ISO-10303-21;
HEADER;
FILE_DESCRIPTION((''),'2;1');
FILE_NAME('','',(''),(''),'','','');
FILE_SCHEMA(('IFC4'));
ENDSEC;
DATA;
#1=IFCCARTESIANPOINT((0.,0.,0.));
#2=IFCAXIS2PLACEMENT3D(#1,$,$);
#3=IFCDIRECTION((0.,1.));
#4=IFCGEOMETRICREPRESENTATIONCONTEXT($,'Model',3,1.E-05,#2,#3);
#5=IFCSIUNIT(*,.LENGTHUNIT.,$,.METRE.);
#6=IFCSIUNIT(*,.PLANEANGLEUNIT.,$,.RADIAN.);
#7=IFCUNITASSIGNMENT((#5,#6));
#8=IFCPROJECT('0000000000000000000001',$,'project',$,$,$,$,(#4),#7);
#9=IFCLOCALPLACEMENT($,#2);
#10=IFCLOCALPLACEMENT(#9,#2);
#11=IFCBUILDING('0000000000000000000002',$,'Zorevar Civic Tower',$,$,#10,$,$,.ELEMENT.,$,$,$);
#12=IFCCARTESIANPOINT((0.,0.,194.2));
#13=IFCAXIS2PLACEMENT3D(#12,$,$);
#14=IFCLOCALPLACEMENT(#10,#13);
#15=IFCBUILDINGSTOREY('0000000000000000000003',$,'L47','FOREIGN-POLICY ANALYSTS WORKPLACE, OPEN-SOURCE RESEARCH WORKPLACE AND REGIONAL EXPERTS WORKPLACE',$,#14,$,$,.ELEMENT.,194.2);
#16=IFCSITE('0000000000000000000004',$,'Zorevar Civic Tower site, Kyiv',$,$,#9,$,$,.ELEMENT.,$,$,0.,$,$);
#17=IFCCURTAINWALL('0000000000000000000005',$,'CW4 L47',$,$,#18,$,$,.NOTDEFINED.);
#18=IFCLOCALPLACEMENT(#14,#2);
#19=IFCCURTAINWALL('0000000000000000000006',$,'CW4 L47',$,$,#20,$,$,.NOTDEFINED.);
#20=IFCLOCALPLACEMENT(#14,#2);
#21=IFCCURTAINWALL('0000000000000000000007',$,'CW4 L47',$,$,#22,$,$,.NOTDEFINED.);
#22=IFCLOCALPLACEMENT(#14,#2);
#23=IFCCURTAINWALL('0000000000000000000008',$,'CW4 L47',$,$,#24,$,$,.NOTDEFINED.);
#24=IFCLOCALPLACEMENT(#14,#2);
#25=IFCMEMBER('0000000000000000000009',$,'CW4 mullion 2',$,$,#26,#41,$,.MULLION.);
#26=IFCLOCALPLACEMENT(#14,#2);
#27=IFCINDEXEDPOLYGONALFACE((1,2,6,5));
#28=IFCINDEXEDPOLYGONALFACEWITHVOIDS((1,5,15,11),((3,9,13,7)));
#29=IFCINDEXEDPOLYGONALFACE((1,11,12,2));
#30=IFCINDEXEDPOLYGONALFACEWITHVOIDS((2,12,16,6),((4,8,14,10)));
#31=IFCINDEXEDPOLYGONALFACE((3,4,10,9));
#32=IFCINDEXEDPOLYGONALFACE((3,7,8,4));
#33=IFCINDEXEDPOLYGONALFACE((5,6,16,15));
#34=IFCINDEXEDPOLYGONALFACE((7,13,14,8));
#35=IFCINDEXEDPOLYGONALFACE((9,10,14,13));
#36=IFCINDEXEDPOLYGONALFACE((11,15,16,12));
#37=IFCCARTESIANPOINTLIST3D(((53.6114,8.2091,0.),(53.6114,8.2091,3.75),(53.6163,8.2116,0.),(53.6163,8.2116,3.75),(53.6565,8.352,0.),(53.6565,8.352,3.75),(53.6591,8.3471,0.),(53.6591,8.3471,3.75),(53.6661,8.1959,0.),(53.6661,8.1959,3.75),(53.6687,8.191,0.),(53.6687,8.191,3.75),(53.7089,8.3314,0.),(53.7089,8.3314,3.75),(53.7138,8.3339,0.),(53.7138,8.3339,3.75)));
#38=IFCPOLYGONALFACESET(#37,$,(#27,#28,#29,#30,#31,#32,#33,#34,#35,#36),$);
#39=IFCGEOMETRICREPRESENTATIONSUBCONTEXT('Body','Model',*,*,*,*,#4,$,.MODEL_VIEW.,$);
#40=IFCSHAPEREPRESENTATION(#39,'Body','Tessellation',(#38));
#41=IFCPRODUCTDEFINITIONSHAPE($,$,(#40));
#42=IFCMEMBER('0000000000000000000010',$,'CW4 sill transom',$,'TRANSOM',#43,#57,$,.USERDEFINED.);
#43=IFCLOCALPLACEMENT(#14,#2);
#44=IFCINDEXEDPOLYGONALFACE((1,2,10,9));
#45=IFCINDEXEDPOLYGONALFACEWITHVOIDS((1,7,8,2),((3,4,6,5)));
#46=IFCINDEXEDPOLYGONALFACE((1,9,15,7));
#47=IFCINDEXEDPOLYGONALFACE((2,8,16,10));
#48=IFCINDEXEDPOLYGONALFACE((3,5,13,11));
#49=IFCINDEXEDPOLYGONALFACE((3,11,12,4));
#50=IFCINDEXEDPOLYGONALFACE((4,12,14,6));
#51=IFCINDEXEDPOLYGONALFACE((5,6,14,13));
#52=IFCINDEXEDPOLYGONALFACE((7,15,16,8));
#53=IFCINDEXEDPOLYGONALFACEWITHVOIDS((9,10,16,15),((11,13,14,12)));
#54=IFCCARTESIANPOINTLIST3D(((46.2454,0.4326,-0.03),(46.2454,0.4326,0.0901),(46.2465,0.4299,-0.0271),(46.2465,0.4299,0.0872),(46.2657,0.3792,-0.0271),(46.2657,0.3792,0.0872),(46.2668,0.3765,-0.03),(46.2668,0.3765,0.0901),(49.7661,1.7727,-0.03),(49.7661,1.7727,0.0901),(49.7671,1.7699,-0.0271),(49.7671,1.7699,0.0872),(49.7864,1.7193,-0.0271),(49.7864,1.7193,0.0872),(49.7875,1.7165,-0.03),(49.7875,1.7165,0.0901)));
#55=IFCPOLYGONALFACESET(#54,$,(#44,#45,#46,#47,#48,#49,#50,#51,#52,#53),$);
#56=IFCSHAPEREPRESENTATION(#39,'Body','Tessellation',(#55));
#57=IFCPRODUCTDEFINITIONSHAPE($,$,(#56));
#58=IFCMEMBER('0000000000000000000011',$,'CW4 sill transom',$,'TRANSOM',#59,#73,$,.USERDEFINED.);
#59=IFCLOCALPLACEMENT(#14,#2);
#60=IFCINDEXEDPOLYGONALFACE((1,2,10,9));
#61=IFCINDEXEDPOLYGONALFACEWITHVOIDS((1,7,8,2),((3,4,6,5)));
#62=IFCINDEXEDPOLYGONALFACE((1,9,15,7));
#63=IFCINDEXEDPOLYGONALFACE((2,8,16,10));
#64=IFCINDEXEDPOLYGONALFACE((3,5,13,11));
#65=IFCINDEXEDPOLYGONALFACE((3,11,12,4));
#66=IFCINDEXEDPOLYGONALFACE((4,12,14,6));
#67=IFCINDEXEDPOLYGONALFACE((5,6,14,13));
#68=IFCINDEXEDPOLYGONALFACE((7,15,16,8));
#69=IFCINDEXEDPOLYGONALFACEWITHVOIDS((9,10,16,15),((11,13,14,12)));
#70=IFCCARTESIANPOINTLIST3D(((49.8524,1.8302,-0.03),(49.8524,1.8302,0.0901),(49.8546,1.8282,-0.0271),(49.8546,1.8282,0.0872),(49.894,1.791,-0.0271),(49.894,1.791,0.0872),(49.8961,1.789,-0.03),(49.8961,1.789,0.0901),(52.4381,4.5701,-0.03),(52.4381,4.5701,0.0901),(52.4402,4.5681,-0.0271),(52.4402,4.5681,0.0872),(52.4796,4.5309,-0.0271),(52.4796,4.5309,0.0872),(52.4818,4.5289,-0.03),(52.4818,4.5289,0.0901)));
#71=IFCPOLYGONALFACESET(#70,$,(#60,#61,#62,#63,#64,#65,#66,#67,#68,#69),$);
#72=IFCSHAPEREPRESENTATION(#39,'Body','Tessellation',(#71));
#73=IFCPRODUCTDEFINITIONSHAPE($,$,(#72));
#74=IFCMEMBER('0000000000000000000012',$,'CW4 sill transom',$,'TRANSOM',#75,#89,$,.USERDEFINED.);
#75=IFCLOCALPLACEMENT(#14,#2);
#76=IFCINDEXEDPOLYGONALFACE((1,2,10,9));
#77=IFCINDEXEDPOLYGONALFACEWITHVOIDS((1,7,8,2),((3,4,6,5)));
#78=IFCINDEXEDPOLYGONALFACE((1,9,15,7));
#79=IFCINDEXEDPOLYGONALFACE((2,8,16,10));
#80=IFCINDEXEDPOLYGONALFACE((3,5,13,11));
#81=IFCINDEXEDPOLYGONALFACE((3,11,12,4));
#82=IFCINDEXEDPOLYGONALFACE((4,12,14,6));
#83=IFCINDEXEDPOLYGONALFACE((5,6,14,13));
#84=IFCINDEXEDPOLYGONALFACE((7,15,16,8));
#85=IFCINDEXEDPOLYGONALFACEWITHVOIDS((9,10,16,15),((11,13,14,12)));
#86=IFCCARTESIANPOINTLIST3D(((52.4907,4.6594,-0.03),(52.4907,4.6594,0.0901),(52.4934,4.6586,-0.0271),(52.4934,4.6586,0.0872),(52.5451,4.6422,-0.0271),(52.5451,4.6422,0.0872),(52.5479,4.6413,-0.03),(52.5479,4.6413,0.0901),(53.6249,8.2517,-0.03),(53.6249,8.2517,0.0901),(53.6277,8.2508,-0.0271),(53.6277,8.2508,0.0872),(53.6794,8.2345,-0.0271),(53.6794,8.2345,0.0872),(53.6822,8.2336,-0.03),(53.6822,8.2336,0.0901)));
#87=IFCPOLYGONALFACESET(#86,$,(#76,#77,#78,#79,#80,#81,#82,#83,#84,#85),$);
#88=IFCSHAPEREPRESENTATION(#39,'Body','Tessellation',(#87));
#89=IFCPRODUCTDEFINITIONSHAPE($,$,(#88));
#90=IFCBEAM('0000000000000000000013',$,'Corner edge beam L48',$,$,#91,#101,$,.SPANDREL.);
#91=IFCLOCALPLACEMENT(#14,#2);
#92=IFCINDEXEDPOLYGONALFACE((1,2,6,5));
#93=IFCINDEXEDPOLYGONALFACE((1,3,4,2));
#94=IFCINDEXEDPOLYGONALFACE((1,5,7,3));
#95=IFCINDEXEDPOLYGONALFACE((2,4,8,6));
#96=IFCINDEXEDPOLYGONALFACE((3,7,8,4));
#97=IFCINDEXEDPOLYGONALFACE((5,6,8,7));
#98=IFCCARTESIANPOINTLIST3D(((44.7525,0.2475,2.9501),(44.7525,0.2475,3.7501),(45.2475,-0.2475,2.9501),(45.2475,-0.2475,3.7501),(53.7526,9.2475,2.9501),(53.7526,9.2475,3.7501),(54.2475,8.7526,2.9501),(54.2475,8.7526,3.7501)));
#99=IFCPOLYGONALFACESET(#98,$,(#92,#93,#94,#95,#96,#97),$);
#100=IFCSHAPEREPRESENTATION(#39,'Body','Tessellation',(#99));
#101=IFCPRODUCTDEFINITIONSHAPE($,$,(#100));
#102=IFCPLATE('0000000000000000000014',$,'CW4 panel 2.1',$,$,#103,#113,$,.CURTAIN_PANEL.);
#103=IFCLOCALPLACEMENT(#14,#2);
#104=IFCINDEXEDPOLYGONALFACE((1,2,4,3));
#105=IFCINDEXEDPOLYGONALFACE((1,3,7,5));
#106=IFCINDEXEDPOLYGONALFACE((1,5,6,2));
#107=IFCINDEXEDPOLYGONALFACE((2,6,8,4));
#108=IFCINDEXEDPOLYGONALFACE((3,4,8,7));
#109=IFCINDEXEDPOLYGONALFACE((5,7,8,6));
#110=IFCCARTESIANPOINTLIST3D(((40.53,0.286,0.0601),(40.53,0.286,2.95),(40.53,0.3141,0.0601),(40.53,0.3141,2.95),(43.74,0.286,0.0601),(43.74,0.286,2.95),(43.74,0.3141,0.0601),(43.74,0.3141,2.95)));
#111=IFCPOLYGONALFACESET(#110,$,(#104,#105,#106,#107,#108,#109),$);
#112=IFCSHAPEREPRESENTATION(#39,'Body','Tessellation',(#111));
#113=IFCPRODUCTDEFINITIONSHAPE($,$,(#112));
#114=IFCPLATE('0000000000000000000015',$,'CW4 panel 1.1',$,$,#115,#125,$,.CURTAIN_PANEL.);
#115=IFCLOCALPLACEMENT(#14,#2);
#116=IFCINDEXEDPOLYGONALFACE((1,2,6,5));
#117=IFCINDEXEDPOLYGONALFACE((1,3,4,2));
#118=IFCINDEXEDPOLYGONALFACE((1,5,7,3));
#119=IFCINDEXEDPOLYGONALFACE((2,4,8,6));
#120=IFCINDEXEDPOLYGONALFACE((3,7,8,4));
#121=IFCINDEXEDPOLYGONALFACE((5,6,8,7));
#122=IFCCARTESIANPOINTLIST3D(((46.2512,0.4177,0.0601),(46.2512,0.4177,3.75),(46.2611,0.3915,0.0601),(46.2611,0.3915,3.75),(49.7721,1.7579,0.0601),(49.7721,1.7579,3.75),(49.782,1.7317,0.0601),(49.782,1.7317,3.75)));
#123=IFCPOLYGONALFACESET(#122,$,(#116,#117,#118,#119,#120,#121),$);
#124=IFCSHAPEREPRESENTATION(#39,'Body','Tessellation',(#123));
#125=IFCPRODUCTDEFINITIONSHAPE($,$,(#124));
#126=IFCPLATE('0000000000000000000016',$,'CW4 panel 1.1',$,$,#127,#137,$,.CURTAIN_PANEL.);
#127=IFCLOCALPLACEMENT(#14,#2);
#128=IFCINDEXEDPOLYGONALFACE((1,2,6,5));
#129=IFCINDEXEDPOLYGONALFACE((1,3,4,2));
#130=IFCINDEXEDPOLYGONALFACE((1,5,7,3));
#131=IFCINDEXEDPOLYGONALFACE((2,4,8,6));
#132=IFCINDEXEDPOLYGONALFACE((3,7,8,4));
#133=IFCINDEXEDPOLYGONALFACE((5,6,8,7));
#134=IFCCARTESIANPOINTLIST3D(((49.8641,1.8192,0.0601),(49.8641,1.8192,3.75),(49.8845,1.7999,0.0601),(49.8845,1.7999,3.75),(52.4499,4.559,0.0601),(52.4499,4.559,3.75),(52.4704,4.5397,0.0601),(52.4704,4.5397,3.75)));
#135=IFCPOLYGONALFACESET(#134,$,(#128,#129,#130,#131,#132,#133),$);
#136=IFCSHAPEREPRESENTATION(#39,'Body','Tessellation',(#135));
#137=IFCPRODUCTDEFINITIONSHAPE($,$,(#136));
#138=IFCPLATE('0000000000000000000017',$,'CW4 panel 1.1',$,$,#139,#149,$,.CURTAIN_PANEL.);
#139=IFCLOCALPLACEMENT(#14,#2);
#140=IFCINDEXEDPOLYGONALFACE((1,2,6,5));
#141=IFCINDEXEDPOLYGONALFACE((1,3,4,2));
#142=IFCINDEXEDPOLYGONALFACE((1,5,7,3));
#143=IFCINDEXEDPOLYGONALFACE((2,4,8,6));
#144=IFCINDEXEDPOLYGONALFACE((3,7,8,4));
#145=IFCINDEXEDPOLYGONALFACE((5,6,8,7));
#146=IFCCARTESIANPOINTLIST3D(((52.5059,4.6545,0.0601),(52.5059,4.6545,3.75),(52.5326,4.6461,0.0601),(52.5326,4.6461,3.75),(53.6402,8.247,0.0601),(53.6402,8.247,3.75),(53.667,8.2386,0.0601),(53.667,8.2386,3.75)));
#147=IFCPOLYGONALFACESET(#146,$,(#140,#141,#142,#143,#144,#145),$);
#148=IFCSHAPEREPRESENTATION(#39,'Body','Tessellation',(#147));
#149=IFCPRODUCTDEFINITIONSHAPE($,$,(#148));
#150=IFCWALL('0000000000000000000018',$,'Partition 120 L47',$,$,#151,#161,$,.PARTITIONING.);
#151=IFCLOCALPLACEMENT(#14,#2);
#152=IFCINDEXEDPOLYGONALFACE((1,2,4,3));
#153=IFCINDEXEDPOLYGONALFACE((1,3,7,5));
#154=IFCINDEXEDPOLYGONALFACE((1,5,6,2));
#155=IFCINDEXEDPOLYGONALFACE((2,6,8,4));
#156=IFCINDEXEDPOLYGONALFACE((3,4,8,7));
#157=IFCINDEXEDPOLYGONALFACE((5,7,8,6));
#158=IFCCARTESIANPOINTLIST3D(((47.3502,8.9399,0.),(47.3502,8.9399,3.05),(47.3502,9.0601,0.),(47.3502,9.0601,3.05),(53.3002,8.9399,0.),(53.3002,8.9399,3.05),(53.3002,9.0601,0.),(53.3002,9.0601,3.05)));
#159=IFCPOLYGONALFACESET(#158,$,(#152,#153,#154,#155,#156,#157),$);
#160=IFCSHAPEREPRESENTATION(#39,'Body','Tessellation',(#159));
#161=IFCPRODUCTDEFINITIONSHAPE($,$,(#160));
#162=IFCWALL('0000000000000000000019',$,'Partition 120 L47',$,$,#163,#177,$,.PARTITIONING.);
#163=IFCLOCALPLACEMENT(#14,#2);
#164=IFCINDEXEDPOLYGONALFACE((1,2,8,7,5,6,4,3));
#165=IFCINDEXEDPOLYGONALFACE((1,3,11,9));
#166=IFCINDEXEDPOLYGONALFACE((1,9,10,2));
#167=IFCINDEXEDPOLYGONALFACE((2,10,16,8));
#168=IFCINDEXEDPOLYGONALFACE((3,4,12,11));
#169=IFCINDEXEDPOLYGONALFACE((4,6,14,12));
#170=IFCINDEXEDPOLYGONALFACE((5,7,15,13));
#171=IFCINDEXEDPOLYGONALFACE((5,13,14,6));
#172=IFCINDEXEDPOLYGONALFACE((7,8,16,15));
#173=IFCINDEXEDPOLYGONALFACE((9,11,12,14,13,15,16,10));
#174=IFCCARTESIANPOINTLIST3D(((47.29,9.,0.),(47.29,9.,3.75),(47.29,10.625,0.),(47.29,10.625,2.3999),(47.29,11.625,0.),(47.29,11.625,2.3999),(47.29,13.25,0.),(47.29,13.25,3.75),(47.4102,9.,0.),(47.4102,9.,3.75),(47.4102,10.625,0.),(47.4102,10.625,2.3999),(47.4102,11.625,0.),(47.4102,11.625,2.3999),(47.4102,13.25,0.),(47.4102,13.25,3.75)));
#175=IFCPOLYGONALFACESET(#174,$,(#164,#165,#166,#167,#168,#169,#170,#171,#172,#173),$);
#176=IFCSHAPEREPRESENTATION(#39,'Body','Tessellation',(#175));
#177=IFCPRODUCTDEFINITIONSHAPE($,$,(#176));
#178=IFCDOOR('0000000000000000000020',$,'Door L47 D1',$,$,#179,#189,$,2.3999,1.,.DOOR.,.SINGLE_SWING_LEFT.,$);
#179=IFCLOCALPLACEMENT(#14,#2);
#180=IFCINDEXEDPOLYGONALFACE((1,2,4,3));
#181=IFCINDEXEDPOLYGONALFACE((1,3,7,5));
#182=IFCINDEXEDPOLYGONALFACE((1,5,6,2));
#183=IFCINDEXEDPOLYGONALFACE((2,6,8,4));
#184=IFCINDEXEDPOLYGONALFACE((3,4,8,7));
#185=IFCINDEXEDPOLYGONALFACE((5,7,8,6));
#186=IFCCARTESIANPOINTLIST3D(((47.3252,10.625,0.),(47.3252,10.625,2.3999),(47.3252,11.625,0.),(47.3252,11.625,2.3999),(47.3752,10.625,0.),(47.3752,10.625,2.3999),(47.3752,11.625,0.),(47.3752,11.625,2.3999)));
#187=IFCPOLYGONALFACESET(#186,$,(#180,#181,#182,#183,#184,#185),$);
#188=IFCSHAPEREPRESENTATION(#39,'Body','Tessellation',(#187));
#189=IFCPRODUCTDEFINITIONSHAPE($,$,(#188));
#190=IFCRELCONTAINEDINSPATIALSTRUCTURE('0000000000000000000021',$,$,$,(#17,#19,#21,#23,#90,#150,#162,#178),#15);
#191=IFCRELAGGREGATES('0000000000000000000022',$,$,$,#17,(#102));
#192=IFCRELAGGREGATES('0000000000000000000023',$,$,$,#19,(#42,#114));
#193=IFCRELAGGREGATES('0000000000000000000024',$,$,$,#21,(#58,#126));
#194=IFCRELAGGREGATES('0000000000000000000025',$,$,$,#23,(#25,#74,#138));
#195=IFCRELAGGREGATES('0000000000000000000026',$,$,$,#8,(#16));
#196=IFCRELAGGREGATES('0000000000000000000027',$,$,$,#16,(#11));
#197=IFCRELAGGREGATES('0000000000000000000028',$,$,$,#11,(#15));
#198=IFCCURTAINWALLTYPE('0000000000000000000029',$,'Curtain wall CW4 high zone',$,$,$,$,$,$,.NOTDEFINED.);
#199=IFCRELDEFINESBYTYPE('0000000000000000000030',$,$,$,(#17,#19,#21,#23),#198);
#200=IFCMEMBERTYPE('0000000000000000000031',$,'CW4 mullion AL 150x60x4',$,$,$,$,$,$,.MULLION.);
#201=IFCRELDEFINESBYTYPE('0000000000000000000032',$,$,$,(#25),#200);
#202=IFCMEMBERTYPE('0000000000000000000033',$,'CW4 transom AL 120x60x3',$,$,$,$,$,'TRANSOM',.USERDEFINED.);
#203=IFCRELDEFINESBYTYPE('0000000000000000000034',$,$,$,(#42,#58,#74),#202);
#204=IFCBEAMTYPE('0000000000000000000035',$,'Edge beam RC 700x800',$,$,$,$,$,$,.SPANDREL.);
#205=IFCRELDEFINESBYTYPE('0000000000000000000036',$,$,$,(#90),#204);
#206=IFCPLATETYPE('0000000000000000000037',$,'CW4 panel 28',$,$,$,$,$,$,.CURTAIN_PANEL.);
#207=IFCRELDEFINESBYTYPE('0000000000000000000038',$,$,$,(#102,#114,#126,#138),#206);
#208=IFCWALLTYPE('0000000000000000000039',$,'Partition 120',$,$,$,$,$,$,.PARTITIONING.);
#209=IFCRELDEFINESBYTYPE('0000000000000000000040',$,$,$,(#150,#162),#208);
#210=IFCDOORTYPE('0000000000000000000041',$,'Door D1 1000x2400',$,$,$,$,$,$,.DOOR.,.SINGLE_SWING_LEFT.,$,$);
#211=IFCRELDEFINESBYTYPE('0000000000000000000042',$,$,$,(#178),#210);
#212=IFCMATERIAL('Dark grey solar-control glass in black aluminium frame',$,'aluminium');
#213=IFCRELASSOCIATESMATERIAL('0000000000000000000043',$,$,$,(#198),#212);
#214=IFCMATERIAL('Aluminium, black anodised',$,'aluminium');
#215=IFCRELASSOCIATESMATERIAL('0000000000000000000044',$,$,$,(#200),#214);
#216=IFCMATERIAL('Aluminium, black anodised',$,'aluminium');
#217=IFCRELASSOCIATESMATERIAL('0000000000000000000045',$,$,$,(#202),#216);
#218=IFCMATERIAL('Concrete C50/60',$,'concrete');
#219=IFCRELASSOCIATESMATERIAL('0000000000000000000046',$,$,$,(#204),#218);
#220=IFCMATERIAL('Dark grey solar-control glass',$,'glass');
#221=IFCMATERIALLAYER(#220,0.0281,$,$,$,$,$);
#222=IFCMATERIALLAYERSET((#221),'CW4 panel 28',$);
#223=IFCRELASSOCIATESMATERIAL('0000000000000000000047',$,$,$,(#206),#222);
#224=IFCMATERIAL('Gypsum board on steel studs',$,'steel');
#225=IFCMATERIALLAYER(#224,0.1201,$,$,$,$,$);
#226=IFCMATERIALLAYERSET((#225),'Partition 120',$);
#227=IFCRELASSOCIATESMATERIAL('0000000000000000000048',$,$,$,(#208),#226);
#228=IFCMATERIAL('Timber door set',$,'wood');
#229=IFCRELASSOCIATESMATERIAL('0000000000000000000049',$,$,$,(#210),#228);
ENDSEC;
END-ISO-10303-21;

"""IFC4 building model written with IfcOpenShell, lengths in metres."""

from ifc_helpers import new_model, si_unit, direction, frame, frame_2d, origin, origin_2d, place, context, subcontext, project, spatial, rectangle, hollow_rectangle, extrude, material, layer, layer_set, material_profile, profile_set, type_object, element, fill, aggregate, save


model = new_model("IFC4")

# Units and contexts
model_context = context("Model", 3, precision=1e-05, world=origin(), true_north=direction((0.0, 1.0)))
body_context = subcontext(model_context, "Body", "Model", "MODEL_VIEW")
ifc_project = project(units=[si_unit("LENGTHUNIT", "METRE"), si_unit("PLANEANGLEUNIT", "RADIAN")], contexts=[model_context])

# Site, building, storey
site_placement = place(None, origin())
site = spatial("IfcSite", under=ifc_project, at=site_placement, Name="Zorevar Civic Tower site, Kyiv", CompositionType="ELEMENT", RefElevation=0.0)
building_placement = place(site_placement, origin())
building = spatial("IfcBuilding", under=site, at=building_placement, Name="Zorevar Civic Tower", CompositionType="ELEMENT")
storey_placement = place(building_placement, frame((0.0, 0.0, 194.2)))
storey = spatial("IfcBuildingStorey", under=building, at=storey_placement, Name="L47", Description="FOREIGN-POLICY ANALYSTS WORKPLACE, OPEN-SOURCE RESEARCH WORKPLACE AND REGIONAL EXPERTS WORKPLACE", CompositionType="ELEMENT", Elevation=194.2)

# Curtain wall
ifc_material_1 = material(Name="Dark grey solar-control glass in black aluminium frame", Category="aluminium")
curtain_wall_type = type_object("IfcCurtainWallType", Name="Curtain wall CW4 high zone", PredefinedType="NOTDEFINED", material=ifc_material_1)
curtain_wall_1_placement = place(storey_placement, origin())
curtain_wall_1 = element("IfcCurtainWall", 1, at=curtain_wall_1_placement, inside=storey, type_object=curtain_wall_type, Name="CW4 L47", PredefinedType="NOTDEFINED")
ifc_material_2 = material(Name="Aluminium, black anodised", Category="aluminium")
ifc_material_profile_1 = material_profile(ifc_material_2, hollow_rectangle(XDim=0.0601, YDim=0.1499, WallThickness=0.0039, at=origin_2d()), Name="AL 150x60x4")
ifc_profile_set_1 = profile_set([ifc_material_profile_1], Name="Aluminium, black anodised")
member_type_1 = type_object("IfcMemberType", Name="CW4 mullion AL 150x60x4", PredefinedType="MULLION", material=ifc_profile_set_1)

# Curtain walls, member
curtain_wall_2_placement = place(storey_placement, origin())
curtain_wall_2 = element("IfcCurtainWall", 2, at=curtain_wall_2_placement, inside=storey, type_object=curtain_wall_type, Name="CW4 L47", PredefinedType="NOTDEFINED")
curtain_wall_3_placement = place(storey_placement, origin())
curtain_wall_3 = element("IfcCurtainWall", 3, at=curtain_wall_3_placement, inside=storey, type_object=curtain_wall_type, Name="CW4 L47", PredefinedType="NOTDEFINED")
curtain_wall_4_placement = place(storey_placement, origin())
curtain_wall_4 = element("IfcCurtainWall", 4, at=curtain_wall_4_placement, inside=storey, type_object=curtain_wall_type, Name="CW4 L47", PredefinedType="NOTDEFINED")
member_1_placement = place(storey_placement, frame((53.6626, 8.2715, 0.0), z_axis=(0.0, 0.0, 1.0), x_axis=(-0.95359, 0.301108, 0.0)))
member_1 = element("IfcMember", 5, at=member_1_placement, type_object=member_type_1, Name="CW4 mullion 2", PredefinedType="MULLION", context=body_context, shape_type="SweptSolid", body=[
    extrude(hollow_rectangle(XDim=0.0601, YDim=0.1499, WallThickness=0.0039, at=origin_2d()), origin(), (0.0, 0.0, 1.0), 3.75),
])

# Members
ifc_material_3 = material(Name="Aluminium, black anodised", Category="aluminium")
ifc_material_profile_2 = material_profile(ifc_material_3, hollow_rectangle(XDim=0.0601, YDim=0.1201, WallThickness=0.0029, at=origin_2d()), Name="AL 120x60x3")
ifc_profile_set_2 = profile_set([ifc_material_profile_2], Name="Aluminium, black anodised")
member_type_2 = type_object("IfcMemberType", Name="CW4 transom AL 120x60x3", ElementType="TRANSOM", PredefinedType="USERDEFINED", material=ifc_profile_set_2)
member_2_placement = place(storey_placement, frame((46.2561, 0.4045, 0.03), z_axis=(0.934589, 0.355729, 0.0), x_axis=(-0.355729, 0.934589, 0.0)))
member_2 = element("IfcMember", 6, at=member_2_placement, type_object=member_type_2, Name="CW4 sill transom", ObjectType="TRANSOM", PredefinedType="USERDEFINED", context=body_context, shape_type="SweptSolid", body=[
    extrude(hollow_rectangle(XDim=0.0601, YDim=0.1201, WallThickness=0.0029, at=origin_2d()), origin(), (0.0, 0.0, 1.0), 3.7671),
])
member_3_placement = place(storey_placement, frame((49.8743, 1.8096, 0.03), z_axis=(0.686332, 0.727288, 0.0), x_axis=(-0.727288, 0.686332, 0.0)))
member_3 = element("IfcMember", 7, at=member_3_placement, type_object=member_type_2, Name="CW4 sill transom", ObjectType="TRANSOM", PredefinedType="USERDEFINED", context=body_context, shape_type="SweptSolid", body=[
    extrude(hollow_rectangle(XDim=0.0601, YDim=0.1201, WallThickness=0.0029, at=origin_2d()), origin(), (0.0, 0.0, 1.0), 3.7673),
])
member_4_placement = place(storey_placement, frame((52.5193, 4.6504, 0.03), z_axis=(0.3011, 0.953592, 0.0), x_axis=(-0.953592, 0.3011, 0.0)))
member_4 = element("IfcMember", 8, at=member_4_placement, type_object=member_type_2, Name="CW4 sill transom", ObjectType="TRANSOM", PredefinedType="USERDEFINED", context=body_context, shape_type="SweptSolid", body=[
    extrude(hollow_rectangle(XDim=0.0601, YDim=0.1201, WallThickness=0.0029, at=origin_2d()), origin(), (0.0, 0.0, 1.0), 3.7671),
])

# Beam
ifc_material_4 = material(Name="Concrete C50/60", Category="concrete")
ifc_material_profile_3 = material_profile(ifc_material_4, rectangle(XDim=0.7, YDim=0.8, at=origin_2d()), Name="RC 700x800")
ifc_profile_set_3 = profile_set([ifc_material_profile_3], Name="Concrete C50/60")
beam_type_1 = type_object("IfcBeamType", Name="Edge beam RC 700x800", PredefinedType="SPANDREL", material=ifc_profile_set_3)
beam_1_placement = place(storey_placement, frame((45.0, 0.0, 3.3501), z_axis=(0.707107, 0.707107, 0.0), x_axis=(-0.707107, 0.707107, 0.0)))
element("IfcBeam", 9, at=beam_1_placement, inside=storey, type_object=beam_type_1, Name="Corner edge beam L48", PredefinedType="SPANDREL", context=body_context, shape_type="SweptSolid", body=[
    extrude(rectangle(XDim=0.7, YDim=0.8, at=origin_2d()), origin(), (0.0, 0.0, 1.0), 12.728),
])

# Plates
ifc_material_5 = material(Name="Dark grey solar-control glass", Category="glass")
ifc_layer_1 = layer(ifc_material_5, 0.0281)
ifc_layer_set_1 = layer_set([ifc_layer_1], Name="CW4 panel 28")
plate_type = type_object("IfcPlateType", Name="CW4 panel 28", PredefinedType="CURTAIN_PANEL", material=ifc_layer_set_1)
plate_1_placement = place(storey_placement, frame((42.135, 0.3, 0.0601), z_axis=(0.0, 0.0, 1.0), x_axis=(1.0, 0.0, 0.0)))
plate_1 = element("IfcPlate", 10, at=plate_1_placement, type_object=plate_type, Name="CW4 panel 2.1", PredefinedType="CURTAIN_PANEL", context=body_context, shape_type="SweptSolid", body=[
    extrude(rectangle(XDim=3.21, YDim=0.0281, at=origin_2d()), origin(), (0.0, 0.0, 1.0), 2.8899),
])
aggregate(curtain_wall_1, [plate_1])
plate_2_placement = place(storey_placement, frame((48.0166, 1.0747, 0.0601), z_axis=(0.0, 0.0, 1.0), x_axis=(0.934588, 0.355731, 0.0)))
plate_2 = element("IfcPlate", 11, at=plate_2_placement, type_object=plate_type, Name="CW4 panel 1.1", PredefinedType="CURTAIN_PANEL", context=body_context, shape_type="SweptSolid", body=[
    extrude(rectangle(XDim=3.7673, YDim=0.0281, at=origin_2d()), origin(), (0.0, 0.0, 1.0), 3.6899),
])
aggregate(curtain_wall_2, [member_2, plate_2])
plate_3_placement = place(storey_placement, frame((51.1672, 3.1794, 0.0601), z_axis=(0.0, 0.0, 1.0), x_axis=(0.686378, 0.727245, 0.0)))
plate_3 = element("IfcPlate", 12, at=plate_3_placement, type_object=plate_type, Name="CW4 panel 1.1", PredefinedType="CURTAIN_PANEL", context=body_context, shape_type="SweptSolid", body=[
    extrude(rectangle(XDim=3.7673, YDim=0.0281, at=origin_2d()), origin(), (0.0, 0.0, 1.0), 3.6899),
])
aggregate(curtain_wall_3, [member_3, plate_3])
plate_4_placement = place(storey_placement, frame((53.0864, 6.4465, 0.0601), z_axis=(0.0, 0.0, 1.0), x_axis=(0.301108, 0.95359, 0.0)))
plate_4 = element("IfcPlate", 13, at=plate_4_placement, type_object=plate_type, Name="CW4 panel 1.1", PredefinedType="CURTAIN_PANEL", context=body_context, shape_type="SweptSolid", body=[
    extrude(rectangle(XDim=3.7673, YDim=0.0281, at=origin_2d()), origin(), (0.0, 0.0, 1.0), 3.6899),
])
aggregate(curtain_wall_4, [member_1, member_4, plate_4])

# Wall
ifc_material_6 = material(Name="Gypsum board on steel studs", Category="steel")
ifc_layer_2 = layer(ifc_material_6, 0.1201)
ifc_layer_set_2 = layer_set([ifc_layer_2], Name="Partition 120")
wall_type = type_object("IfcWallType", Name="Partition 120", PredefinedType="PARTITIONING", material=ifc_layer_set_2)
wall_1_placement = place(storey_placement, frame((47.3501, 9.0, 0.0), z_axis=(0.0, 0.0, 1.0), x_axis=(1.0, 0.0, 0.0)))
element("IfcWall", 14, at=wall_1_placement, inside=storey, type_object=wall_type, Name="Partition 120 L47", PredefinedType="PARTITIONING", context=body_context, shape_type="SweptSolid", body=[
    extrude(rectangle(XDim=5.95, YDim=0.1201, at=frame_2d((2.9751, 0.0))), origin(), (0.0, 0.0, 1.0), 3.05),
])

# Wall, opening, door
wall_2_placement = place(storey_placement, frame((47.3501, 9.0, 0.0), z_axis=(0.0, 0.0, 1.0), x_axis=(0.0, 1.0, 0.0)))
wall_2 = element("IfcWall", 15, at=wall_2_placement, inside=storey, type_object=wall_type, Name="Partition 120 L47", PredefinedType="PARTITIONING", context=body_context, shape_type="SweptSolid", body=[
    extrude(rectangle(XDim=4.25, YDim=0.1201, at=frame_2d((2.125, 0.0))), origin(), (0.0, 0.0, 1.0), 3.75),
])
opening_placement = place(wall_2_placement, frame((1.625, 0.0, 0.0)))
opening = element("IfcOpeningElement", 16, at=opening_placement, cuts=wall_2, PredefinedType="OPENING", context=body_context, shape_type="SweptSolid", body=[
    extrude(rectangle(XDim=1.0, YDim=2.3999, at=frame_2d((0.5, 1.2))), frame((0.0, 0.0701, 0.0), z_axis=(0.0, -1.0, 0.0), x_axis=(1.0, 0.0, 0.0)), (0.0, 0.0, 1.0), 0.1401),
])
ifc_material_7 = material(Name="Timber door set", Category="wood")
door_type = type_object("IfcDoorType", Name="Door D1 1000x2400", OperationType="SINGLE_SWING_LEFT", PredefinedType="DOOR", material=ifc_material_7)
door_placement = place(opening_placement, origin())
door = element("IfcDoor", 17, at=door_placement, inside=storey, type_object=door_type, Name="Door L47 D1", OperationType="SINGLE_SWING_LEFT", OverallHeight=2.3999, OverallWidth=1.0, PredefinedType="DOOR", context=body_context, shape_type="SweptSolid", body=[
    extrude(rectangle(XDim=1.0, YDim=2.3999, at=frame_2d((0.5, 1.2))), frame((0.0, 0.0249, 0.0), z_axis=(0.0, -1.0, 0.0), x_axis=(1.0, 0.0, 0.0)), (0.0, 0.0, 1.0), 0.05),
])
fill(opening, door)

save(model, "model.ifc")
